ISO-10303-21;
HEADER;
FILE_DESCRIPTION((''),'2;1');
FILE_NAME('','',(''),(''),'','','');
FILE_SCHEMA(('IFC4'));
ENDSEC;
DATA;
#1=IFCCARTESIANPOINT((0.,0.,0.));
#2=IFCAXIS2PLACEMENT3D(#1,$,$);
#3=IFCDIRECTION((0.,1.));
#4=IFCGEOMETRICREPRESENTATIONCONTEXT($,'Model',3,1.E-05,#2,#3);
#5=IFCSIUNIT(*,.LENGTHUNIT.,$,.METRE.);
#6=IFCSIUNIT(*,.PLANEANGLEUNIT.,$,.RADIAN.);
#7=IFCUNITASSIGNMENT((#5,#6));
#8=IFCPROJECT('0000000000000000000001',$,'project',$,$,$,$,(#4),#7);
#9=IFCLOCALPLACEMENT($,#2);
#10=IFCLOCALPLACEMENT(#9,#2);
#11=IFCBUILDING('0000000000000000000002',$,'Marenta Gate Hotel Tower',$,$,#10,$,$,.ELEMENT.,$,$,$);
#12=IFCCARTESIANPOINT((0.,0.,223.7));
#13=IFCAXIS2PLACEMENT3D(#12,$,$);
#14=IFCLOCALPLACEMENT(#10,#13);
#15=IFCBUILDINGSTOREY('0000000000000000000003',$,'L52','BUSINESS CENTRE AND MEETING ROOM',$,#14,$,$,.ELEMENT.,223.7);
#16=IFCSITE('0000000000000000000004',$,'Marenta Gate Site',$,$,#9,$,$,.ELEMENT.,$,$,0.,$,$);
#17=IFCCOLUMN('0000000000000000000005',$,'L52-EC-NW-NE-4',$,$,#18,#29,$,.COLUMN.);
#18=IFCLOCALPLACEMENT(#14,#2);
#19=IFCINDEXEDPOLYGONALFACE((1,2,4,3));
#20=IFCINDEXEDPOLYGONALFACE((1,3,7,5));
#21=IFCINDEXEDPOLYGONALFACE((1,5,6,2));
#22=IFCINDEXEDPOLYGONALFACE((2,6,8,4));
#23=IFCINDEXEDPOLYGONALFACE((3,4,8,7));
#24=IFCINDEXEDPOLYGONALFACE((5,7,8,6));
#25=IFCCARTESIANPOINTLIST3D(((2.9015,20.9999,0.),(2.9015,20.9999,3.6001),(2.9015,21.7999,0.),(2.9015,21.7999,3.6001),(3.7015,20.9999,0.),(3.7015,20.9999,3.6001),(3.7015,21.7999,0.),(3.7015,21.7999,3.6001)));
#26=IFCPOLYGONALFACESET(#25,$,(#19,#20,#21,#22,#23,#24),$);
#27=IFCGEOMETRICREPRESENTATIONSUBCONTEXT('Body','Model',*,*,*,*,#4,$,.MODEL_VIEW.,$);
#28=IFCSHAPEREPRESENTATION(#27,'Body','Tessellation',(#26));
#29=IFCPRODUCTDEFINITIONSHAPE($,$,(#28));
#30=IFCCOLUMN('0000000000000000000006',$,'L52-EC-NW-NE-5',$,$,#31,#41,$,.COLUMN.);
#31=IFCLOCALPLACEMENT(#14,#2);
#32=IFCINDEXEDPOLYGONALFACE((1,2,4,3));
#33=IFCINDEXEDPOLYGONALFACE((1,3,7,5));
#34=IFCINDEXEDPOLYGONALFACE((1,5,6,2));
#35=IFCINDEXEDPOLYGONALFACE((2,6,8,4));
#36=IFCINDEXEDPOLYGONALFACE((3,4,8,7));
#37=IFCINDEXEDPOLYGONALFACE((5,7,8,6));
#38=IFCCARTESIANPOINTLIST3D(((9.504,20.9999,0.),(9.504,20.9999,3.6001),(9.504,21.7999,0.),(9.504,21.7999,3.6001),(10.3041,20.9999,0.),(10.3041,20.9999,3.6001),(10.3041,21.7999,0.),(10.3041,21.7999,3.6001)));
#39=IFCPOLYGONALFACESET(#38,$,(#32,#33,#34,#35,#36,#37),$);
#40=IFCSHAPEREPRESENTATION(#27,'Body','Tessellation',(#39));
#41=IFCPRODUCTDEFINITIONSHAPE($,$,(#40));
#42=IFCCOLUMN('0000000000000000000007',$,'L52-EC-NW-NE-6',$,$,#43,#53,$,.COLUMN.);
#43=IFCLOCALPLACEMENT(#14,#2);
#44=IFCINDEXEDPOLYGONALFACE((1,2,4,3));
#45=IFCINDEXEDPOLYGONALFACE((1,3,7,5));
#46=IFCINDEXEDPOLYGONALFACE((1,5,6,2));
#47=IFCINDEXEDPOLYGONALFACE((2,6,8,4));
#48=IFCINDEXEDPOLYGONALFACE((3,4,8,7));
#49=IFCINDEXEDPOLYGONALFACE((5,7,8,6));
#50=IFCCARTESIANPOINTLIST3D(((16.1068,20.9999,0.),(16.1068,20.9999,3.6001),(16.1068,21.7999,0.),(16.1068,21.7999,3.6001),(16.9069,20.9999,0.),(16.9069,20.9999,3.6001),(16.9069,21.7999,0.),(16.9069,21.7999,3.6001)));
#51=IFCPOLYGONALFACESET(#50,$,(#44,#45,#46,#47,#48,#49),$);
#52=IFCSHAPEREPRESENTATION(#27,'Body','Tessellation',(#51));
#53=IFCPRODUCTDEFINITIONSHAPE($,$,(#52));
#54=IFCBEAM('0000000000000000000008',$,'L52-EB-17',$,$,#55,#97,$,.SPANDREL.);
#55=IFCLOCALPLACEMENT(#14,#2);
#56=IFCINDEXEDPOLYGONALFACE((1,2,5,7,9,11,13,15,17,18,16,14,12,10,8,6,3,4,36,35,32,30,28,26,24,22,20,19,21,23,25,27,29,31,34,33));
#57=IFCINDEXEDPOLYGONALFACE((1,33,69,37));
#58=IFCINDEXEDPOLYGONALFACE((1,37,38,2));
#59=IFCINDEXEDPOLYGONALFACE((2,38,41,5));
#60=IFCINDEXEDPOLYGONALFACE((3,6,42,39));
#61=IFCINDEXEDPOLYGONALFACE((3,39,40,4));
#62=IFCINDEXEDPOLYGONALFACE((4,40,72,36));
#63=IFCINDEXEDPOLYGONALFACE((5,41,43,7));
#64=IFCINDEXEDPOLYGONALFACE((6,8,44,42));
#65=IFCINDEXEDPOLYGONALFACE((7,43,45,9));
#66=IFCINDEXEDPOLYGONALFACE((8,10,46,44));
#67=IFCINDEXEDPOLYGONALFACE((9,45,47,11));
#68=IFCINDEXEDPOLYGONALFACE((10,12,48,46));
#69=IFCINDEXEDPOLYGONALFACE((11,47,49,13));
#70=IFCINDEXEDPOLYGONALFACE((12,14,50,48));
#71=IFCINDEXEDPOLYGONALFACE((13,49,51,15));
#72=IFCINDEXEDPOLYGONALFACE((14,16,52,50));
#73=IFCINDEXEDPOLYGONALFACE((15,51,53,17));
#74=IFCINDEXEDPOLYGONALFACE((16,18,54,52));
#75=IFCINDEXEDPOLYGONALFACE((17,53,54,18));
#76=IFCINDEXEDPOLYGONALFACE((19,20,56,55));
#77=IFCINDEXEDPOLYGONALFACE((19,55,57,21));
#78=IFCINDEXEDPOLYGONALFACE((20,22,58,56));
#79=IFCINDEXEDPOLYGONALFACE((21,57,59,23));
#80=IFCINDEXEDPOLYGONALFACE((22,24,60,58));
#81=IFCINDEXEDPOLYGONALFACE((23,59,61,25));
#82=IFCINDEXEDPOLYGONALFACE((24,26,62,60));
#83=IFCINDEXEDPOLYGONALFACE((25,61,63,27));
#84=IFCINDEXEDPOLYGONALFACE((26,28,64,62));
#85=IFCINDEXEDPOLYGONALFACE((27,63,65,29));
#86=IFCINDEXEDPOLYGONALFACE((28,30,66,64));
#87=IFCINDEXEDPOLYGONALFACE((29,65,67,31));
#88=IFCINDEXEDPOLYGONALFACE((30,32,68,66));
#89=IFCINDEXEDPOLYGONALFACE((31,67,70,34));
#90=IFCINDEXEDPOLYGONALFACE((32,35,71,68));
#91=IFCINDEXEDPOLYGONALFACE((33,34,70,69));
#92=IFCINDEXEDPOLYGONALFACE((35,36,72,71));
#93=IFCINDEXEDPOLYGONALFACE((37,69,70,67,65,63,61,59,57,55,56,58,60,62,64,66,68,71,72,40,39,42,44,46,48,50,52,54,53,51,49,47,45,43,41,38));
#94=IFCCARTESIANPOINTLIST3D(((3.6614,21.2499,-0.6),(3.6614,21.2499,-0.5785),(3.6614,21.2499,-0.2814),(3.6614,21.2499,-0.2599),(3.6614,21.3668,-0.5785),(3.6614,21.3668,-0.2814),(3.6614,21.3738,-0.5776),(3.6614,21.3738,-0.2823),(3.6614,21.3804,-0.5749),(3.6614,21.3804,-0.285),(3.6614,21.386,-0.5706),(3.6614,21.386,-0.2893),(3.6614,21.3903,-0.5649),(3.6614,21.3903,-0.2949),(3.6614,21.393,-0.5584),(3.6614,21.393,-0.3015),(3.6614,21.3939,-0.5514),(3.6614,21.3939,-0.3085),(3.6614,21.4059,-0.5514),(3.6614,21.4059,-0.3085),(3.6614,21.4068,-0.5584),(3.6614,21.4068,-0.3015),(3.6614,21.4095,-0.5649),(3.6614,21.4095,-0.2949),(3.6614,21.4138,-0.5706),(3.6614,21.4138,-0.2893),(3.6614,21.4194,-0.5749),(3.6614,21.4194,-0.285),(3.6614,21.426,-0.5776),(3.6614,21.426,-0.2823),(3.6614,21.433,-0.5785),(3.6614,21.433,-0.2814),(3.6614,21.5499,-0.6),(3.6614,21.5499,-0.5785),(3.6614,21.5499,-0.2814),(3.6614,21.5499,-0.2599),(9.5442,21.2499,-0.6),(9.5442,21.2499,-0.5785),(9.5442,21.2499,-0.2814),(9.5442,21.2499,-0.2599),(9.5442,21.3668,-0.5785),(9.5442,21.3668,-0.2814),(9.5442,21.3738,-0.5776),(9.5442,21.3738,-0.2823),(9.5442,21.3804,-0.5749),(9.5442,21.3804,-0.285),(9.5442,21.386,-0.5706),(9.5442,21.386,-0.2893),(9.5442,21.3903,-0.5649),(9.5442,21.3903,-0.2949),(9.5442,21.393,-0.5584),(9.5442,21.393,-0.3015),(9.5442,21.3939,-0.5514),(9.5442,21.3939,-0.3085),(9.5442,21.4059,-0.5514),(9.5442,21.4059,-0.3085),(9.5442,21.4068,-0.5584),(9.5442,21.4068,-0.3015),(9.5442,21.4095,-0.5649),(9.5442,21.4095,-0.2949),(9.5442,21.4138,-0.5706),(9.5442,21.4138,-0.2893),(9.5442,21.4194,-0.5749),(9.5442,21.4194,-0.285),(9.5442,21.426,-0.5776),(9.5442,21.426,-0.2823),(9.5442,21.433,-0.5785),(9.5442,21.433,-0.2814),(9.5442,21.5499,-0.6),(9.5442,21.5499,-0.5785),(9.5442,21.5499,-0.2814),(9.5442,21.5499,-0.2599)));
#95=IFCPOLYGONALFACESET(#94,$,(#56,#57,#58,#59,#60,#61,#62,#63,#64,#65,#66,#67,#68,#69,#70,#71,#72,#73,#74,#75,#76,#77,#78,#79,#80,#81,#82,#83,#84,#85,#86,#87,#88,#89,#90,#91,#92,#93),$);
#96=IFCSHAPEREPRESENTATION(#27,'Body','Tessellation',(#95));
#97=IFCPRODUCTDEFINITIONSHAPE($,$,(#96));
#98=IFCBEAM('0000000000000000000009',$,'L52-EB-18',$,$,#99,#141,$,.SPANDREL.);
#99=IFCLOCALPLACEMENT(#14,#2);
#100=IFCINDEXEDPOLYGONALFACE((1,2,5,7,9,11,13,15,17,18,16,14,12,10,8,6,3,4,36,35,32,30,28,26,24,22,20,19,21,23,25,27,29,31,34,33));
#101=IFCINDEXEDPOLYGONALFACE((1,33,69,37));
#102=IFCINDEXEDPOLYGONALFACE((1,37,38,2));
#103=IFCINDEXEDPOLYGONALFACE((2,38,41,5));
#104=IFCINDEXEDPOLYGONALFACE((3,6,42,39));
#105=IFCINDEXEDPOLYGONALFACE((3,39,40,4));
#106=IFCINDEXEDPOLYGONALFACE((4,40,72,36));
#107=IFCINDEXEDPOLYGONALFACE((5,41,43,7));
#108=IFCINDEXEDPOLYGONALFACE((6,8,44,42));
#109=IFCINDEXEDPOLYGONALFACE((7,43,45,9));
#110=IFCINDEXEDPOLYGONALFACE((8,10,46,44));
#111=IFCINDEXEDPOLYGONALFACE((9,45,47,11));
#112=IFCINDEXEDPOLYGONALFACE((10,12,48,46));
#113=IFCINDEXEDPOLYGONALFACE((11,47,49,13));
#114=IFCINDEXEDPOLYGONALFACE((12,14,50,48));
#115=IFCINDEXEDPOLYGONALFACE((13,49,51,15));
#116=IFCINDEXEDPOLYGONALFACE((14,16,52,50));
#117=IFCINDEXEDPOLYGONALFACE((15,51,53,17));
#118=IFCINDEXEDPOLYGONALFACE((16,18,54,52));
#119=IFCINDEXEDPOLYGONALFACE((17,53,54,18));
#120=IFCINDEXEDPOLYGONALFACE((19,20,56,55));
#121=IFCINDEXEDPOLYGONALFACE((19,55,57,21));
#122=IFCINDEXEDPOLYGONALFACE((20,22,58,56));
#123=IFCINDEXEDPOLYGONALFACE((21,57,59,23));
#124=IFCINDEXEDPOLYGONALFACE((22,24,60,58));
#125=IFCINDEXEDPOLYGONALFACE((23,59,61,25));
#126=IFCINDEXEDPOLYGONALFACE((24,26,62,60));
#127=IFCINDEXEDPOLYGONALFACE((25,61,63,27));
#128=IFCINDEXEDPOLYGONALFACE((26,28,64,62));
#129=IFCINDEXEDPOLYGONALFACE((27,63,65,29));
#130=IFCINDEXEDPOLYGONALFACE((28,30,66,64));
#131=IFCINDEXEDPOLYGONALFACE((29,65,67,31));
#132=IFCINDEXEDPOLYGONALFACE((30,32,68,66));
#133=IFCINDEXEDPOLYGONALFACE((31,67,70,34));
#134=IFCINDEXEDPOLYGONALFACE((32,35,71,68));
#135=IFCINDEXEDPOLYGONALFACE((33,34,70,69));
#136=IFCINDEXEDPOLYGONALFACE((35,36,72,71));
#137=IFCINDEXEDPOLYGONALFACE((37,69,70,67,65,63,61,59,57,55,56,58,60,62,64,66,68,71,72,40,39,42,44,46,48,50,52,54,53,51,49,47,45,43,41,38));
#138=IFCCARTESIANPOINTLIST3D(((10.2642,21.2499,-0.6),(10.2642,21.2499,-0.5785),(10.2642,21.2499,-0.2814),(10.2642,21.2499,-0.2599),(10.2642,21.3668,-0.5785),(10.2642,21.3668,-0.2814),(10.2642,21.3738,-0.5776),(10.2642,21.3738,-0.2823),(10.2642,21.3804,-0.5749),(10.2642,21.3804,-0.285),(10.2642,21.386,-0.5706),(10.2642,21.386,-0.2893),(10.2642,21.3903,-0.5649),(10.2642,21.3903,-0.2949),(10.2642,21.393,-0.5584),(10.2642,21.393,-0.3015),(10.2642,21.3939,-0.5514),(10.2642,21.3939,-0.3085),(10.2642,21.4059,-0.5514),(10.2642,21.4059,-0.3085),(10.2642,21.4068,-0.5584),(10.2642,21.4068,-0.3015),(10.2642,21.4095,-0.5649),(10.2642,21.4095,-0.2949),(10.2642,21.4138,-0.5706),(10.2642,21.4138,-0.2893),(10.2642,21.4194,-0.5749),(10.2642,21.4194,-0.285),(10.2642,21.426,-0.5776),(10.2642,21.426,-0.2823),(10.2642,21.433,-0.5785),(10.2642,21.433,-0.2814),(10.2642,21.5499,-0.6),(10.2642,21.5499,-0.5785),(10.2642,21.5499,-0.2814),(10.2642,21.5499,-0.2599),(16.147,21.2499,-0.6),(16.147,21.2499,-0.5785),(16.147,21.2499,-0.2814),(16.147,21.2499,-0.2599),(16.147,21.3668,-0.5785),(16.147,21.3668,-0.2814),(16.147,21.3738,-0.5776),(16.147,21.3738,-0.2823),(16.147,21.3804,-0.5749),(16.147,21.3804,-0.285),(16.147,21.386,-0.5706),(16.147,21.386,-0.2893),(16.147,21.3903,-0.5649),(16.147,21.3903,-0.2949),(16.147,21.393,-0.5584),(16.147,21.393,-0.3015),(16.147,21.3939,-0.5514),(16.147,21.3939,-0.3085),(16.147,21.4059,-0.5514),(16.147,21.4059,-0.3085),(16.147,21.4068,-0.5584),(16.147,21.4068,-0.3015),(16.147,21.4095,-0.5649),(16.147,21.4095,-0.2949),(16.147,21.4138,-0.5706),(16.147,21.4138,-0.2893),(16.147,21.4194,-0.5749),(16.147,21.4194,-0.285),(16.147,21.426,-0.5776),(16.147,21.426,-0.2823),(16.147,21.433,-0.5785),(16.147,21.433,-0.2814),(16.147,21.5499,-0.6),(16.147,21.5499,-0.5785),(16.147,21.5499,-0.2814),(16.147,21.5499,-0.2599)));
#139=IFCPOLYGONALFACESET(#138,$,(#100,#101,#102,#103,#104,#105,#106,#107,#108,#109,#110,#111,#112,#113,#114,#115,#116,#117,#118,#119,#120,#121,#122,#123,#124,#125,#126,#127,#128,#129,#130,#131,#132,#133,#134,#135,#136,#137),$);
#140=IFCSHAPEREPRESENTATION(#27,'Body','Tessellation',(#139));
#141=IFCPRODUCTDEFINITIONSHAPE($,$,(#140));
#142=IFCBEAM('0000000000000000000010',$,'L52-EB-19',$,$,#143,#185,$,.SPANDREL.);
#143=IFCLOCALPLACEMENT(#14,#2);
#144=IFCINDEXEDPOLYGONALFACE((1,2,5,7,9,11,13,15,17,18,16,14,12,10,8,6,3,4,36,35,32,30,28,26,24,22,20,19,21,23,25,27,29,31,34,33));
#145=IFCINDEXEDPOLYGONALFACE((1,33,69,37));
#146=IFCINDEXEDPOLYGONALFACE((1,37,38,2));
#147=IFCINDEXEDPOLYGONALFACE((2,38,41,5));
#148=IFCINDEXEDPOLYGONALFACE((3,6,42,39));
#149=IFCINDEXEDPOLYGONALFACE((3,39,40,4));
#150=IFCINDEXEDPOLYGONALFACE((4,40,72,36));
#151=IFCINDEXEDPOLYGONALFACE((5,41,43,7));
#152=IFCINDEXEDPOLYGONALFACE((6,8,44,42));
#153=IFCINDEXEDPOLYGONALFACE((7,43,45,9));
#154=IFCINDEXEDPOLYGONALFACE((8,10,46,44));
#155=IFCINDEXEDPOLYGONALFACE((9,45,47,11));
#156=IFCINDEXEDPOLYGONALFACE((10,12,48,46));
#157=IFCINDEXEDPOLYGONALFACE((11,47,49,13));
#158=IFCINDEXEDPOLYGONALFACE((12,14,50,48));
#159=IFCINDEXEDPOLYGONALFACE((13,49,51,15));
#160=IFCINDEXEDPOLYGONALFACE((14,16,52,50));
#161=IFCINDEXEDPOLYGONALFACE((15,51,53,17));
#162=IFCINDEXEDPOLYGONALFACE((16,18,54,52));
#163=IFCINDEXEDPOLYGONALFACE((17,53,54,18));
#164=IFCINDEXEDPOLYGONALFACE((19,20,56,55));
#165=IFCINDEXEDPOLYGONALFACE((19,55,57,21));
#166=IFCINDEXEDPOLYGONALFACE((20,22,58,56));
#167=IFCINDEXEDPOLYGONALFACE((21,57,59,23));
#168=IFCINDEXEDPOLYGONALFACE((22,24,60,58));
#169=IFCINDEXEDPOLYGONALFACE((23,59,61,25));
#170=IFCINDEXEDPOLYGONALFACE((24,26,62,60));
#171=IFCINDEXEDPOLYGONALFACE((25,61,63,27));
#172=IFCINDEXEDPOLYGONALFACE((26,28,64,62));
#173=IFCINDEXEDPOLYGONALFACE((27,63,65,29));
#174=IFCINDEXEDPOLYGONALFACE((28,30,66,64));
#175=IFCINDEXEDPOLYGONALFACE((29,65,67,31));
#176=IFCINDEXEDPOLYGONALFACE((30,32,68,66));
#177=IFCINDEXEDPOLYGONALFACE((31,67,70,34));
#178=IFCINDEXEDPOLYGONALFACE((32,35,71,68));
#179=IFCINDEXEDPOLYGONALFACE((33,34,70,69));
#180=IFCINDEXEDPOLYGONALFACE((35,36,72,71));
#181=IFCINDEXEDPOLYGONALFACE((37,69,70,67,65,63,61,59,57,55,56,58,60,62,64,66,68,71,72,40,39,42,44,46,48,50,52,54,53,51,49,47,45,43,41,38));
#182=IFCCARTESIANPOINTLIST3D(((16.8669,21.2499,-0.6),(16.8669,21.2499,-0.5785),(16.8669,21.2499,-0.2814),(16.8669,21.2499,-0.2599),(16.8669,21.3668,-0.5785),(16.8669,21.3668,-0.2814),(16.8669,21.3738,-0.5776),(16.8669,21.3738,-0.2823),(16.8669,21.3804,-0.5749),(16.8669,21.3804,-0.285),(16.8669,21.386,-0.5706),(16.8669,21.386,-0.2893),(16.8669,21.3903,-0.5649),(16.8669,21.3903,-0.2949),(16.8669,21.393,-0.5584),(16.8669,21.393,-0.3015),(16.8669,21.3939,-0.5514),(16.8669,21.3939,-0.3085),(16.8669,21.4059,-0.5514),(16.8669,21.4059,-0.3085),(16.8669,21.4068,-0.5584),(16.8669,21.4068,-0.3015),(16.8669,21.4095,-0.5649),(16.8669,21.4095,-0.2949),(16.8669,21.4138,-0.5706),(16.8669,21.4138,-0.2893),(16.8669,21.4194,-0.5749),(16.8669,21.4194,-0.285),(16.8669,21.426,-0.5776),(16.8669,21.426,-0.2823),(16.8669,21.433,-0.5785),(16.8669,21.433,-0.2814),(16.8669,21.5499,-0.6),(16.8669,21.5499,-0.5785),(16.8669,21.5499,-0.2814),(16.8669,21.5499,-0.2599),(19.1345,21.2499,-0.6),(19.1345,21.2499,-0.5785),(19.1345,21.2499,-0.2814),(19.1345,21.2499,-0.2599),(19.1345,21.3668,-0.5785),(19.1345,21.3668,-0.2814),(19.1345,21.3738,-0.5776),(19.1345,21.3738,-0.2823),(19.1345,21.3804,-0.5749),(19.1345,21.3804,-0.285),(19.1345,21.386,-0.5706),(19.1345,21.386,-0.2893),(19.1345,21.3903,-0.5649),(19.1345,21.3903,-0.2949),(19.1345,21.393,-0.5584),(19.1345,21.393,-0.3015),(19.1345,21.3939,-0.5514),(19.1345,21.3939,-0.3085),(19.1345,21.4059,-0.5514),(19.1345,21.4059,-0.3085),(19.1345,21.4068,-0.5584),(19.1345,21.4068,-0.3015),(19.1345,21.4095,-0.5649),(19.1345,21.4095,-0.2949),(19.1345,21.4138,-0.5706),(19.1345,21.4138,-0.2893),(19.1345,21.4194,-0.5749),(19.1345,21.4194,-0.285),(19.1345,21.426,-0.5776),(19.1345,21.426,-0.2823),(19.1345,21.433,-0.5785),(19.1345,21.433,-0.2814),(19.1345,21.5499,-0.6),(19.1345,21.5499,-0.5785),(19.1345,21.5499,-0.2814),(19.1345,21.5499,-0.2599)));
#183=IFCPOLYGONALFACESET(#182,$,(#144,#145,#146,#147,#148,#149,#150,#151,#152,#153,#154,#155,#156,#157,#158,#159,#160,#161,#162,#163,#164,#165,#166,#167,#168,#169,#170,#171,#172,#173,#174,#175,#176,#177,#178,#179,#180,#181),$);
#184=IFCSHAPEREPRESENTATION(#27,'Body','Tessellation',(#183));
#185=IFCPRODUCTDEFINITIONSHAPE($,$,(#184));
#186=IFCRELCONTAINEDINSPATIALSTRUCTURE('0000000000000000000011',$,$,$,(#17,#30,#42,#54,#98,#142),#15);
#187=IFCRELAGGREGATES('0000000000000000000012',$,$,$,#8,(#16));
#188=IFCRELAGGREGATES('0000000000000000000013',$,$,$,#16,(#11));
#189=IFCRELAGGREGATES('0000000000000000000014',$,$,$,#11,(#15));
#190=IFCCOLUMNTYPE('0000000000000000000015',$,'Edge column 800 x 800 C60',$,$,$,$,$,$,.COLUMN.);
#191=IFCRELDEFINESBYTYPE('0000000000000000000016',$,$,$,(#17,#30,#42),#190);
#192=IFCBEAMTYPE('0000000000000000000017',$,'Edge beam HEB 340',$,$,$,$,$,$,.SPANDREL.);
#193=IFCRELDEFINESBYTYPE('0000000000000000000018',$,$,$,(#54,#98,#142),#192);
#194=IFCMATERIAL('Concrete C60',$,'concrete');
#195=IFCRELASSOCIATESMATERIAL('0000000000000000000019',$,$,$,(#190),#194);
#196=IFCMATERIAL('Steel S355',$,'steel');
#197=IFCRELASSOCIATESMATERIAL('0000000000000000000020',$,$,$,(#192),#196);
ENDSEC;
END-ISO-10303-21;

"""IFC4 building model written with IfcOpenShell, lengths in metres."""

from ifc_helpers import new_model, si_unit, direction, frame, origin, origin_2d, place, context, subcontext, project, spatial, rectangle, i_section, extrude, material, material_profile, profile_set, type_object, element, save


model = new_model("IFC4")

# Units and contexts
model_context = context("Model", 3, precision=1e-05, world=origin(), true_north=direction((0.0, 1.0)))
body_context = subcontext(model_context, "Body", "Model", "MODEL_VIEW")
ifc_project = project(units=[si_unit("LENGTHUNIT", "METRE"), si_unit("PLANEANGLEUNIT", "RADIAN")], contexts=[model_context])

# Site, building, storey
site_placement = place(None, origin())
site = spatial("IfcSite", under=ifc_project, at=site_placement, Name="Marenta Gate Site", CompositionType="ELEMENT", RefElevation=0.0)
building_placement = place(site_placement, origin())
building = spatial("IfcBuilding", under=site, at=building_placement, Name="Marenta Gate Hotel Tower", CompositionType="ELEMENT")
storey_placement = place(building_placement, frame((0.0, 0.0, 223.7)))
storey = spatial("IfcBuildingStorey", under=building, at=storey_placement, Name="L52", Description="BUSINESS CENTRE AND MEETING ROOM", CompositionType="ELEMENT", Elevation=223.7)

# Columns
ifc_material_1 = material(Name="Concrete C60", Category="concrete")
ifc_material_profile_1 = material_profile(ifc_material_1, rectangle(XDim=0.8, YDim=0.8, at=origin_2d()), Name="800 x 800")
ifc_profile_set_1 = profile_set([ifc_material_profile_1], Name="Concrete C60")
column_type = type_object("IfcColumnType", Name="Edge column 800 x 800 C60", PredefinedType="COLUMN", material=ifc_profile_set_1)
for number, where, z_axis, x_axis, name in (
    (1, (3.3015, 21.3999, 0.0), (0.0, 0.0, 1.0), (1.0, 0.0, 0.0), "L52-EC-NW-NE-4"),
    (2, (9.9041, 21.3999, 0.0), (0.0, 0.0, 1.0), (1.0, 0.0, 0.0), "L52-EC-NW-NE-5"),
    (3, (16.5068, 21.3999, 0.0), (0.0, 0.0, 1.0), (1.0, 0.0, 0.0), "L52-EC-NW-NE-6"),
):
    element("IfcColumn", number, at=place(storey_placement, frame(where, z_axis=z_axis, x_axis=x_axis)), inside=storey, type_object=column_type, Name=name, PredefinedType="COLUMN", context=body_context, shape_type="SweptSolid", body=[
        extrude(rectangle(XDim=0.8, YDim=0.8, at=origin_2d()), origin(), (0.0, 0.0, 1.0), 3.6001),
    ])

# Beams
ifc_material_2 = material(Name="Steel S355", Category="steel")
ifc_material_profile_2 = material_profile(ifc_material_2, i_section(OverallWidth=0.3, OverallDepth=0.3401, WebThickness=0.012, FlangeThickness=0.0215, FilletRadius=0.0271, at=origin_2d()), Name="HEB 340")
ifc_profile_set_2 = profile_set([ifc_material_profile_2], Name="Steel S355")
beam_type_1 = type_object("IfcBeamType", Name="Edge beam HEB 340", PredefinedType="SPANDREL", material=ifc_profile_set_2)
for number, where, z_axis, x_axis, name in (
    (4, (3.6614, 21.3999, -0.4299), (1.0, 0.0, 0.0), (0.0, 1.0, 0.0), "L52-EB-17"),
    (5, (10.2642, 21.3999, -0.4299), (1.0, 0.0, 0.0), (0.0, 1.0, 0.0), "L52-EB-18"),
):
    element("IfcBeam", number, at=place(storey_placement, frame(where, z_axis=z_axis, x_axis=x_axis)), inside=storey, type_object=beam_type_1, Name=name, PredefinedType="SPANDREL", context=body_context, shape_type="SweptSolid", body=[
        extrude(i_section(OverallWidth=0.3, OverallDepth=0.3401, WebThickness=0.012, FlangeThickness=0.0215, FilletRadius=0.0271, at=origin_2d()), origin(), (0.0, 0.0, 1.0), 5.8828),
    ])
beam_1_placement = place(storey_placement, frame((16.8669, 21.3999, -0.4299), z_axis=(1.0, 0.0, 0.0), x_axis=(0.0, 1.0, 0.0)))
element("IfcBeam", 6, at=beam_1_placement, inside=storey, type_object=beam_type_1, Name="L52-EB-19", PredefinedType="SPANDREL", context=body_context, shape_type="SweptSolid", body=[
    extrude(i_section(OverallWidth=0.3, OverallDepth=0.3401, WebThickness=0.012, FlangeThickness=0.0215, FilletRadius=0.0271, at=origin_2d()), origin(), (0.0, 0.0, 1.0), 2.2676),
])

save(model, "model.ifc")
